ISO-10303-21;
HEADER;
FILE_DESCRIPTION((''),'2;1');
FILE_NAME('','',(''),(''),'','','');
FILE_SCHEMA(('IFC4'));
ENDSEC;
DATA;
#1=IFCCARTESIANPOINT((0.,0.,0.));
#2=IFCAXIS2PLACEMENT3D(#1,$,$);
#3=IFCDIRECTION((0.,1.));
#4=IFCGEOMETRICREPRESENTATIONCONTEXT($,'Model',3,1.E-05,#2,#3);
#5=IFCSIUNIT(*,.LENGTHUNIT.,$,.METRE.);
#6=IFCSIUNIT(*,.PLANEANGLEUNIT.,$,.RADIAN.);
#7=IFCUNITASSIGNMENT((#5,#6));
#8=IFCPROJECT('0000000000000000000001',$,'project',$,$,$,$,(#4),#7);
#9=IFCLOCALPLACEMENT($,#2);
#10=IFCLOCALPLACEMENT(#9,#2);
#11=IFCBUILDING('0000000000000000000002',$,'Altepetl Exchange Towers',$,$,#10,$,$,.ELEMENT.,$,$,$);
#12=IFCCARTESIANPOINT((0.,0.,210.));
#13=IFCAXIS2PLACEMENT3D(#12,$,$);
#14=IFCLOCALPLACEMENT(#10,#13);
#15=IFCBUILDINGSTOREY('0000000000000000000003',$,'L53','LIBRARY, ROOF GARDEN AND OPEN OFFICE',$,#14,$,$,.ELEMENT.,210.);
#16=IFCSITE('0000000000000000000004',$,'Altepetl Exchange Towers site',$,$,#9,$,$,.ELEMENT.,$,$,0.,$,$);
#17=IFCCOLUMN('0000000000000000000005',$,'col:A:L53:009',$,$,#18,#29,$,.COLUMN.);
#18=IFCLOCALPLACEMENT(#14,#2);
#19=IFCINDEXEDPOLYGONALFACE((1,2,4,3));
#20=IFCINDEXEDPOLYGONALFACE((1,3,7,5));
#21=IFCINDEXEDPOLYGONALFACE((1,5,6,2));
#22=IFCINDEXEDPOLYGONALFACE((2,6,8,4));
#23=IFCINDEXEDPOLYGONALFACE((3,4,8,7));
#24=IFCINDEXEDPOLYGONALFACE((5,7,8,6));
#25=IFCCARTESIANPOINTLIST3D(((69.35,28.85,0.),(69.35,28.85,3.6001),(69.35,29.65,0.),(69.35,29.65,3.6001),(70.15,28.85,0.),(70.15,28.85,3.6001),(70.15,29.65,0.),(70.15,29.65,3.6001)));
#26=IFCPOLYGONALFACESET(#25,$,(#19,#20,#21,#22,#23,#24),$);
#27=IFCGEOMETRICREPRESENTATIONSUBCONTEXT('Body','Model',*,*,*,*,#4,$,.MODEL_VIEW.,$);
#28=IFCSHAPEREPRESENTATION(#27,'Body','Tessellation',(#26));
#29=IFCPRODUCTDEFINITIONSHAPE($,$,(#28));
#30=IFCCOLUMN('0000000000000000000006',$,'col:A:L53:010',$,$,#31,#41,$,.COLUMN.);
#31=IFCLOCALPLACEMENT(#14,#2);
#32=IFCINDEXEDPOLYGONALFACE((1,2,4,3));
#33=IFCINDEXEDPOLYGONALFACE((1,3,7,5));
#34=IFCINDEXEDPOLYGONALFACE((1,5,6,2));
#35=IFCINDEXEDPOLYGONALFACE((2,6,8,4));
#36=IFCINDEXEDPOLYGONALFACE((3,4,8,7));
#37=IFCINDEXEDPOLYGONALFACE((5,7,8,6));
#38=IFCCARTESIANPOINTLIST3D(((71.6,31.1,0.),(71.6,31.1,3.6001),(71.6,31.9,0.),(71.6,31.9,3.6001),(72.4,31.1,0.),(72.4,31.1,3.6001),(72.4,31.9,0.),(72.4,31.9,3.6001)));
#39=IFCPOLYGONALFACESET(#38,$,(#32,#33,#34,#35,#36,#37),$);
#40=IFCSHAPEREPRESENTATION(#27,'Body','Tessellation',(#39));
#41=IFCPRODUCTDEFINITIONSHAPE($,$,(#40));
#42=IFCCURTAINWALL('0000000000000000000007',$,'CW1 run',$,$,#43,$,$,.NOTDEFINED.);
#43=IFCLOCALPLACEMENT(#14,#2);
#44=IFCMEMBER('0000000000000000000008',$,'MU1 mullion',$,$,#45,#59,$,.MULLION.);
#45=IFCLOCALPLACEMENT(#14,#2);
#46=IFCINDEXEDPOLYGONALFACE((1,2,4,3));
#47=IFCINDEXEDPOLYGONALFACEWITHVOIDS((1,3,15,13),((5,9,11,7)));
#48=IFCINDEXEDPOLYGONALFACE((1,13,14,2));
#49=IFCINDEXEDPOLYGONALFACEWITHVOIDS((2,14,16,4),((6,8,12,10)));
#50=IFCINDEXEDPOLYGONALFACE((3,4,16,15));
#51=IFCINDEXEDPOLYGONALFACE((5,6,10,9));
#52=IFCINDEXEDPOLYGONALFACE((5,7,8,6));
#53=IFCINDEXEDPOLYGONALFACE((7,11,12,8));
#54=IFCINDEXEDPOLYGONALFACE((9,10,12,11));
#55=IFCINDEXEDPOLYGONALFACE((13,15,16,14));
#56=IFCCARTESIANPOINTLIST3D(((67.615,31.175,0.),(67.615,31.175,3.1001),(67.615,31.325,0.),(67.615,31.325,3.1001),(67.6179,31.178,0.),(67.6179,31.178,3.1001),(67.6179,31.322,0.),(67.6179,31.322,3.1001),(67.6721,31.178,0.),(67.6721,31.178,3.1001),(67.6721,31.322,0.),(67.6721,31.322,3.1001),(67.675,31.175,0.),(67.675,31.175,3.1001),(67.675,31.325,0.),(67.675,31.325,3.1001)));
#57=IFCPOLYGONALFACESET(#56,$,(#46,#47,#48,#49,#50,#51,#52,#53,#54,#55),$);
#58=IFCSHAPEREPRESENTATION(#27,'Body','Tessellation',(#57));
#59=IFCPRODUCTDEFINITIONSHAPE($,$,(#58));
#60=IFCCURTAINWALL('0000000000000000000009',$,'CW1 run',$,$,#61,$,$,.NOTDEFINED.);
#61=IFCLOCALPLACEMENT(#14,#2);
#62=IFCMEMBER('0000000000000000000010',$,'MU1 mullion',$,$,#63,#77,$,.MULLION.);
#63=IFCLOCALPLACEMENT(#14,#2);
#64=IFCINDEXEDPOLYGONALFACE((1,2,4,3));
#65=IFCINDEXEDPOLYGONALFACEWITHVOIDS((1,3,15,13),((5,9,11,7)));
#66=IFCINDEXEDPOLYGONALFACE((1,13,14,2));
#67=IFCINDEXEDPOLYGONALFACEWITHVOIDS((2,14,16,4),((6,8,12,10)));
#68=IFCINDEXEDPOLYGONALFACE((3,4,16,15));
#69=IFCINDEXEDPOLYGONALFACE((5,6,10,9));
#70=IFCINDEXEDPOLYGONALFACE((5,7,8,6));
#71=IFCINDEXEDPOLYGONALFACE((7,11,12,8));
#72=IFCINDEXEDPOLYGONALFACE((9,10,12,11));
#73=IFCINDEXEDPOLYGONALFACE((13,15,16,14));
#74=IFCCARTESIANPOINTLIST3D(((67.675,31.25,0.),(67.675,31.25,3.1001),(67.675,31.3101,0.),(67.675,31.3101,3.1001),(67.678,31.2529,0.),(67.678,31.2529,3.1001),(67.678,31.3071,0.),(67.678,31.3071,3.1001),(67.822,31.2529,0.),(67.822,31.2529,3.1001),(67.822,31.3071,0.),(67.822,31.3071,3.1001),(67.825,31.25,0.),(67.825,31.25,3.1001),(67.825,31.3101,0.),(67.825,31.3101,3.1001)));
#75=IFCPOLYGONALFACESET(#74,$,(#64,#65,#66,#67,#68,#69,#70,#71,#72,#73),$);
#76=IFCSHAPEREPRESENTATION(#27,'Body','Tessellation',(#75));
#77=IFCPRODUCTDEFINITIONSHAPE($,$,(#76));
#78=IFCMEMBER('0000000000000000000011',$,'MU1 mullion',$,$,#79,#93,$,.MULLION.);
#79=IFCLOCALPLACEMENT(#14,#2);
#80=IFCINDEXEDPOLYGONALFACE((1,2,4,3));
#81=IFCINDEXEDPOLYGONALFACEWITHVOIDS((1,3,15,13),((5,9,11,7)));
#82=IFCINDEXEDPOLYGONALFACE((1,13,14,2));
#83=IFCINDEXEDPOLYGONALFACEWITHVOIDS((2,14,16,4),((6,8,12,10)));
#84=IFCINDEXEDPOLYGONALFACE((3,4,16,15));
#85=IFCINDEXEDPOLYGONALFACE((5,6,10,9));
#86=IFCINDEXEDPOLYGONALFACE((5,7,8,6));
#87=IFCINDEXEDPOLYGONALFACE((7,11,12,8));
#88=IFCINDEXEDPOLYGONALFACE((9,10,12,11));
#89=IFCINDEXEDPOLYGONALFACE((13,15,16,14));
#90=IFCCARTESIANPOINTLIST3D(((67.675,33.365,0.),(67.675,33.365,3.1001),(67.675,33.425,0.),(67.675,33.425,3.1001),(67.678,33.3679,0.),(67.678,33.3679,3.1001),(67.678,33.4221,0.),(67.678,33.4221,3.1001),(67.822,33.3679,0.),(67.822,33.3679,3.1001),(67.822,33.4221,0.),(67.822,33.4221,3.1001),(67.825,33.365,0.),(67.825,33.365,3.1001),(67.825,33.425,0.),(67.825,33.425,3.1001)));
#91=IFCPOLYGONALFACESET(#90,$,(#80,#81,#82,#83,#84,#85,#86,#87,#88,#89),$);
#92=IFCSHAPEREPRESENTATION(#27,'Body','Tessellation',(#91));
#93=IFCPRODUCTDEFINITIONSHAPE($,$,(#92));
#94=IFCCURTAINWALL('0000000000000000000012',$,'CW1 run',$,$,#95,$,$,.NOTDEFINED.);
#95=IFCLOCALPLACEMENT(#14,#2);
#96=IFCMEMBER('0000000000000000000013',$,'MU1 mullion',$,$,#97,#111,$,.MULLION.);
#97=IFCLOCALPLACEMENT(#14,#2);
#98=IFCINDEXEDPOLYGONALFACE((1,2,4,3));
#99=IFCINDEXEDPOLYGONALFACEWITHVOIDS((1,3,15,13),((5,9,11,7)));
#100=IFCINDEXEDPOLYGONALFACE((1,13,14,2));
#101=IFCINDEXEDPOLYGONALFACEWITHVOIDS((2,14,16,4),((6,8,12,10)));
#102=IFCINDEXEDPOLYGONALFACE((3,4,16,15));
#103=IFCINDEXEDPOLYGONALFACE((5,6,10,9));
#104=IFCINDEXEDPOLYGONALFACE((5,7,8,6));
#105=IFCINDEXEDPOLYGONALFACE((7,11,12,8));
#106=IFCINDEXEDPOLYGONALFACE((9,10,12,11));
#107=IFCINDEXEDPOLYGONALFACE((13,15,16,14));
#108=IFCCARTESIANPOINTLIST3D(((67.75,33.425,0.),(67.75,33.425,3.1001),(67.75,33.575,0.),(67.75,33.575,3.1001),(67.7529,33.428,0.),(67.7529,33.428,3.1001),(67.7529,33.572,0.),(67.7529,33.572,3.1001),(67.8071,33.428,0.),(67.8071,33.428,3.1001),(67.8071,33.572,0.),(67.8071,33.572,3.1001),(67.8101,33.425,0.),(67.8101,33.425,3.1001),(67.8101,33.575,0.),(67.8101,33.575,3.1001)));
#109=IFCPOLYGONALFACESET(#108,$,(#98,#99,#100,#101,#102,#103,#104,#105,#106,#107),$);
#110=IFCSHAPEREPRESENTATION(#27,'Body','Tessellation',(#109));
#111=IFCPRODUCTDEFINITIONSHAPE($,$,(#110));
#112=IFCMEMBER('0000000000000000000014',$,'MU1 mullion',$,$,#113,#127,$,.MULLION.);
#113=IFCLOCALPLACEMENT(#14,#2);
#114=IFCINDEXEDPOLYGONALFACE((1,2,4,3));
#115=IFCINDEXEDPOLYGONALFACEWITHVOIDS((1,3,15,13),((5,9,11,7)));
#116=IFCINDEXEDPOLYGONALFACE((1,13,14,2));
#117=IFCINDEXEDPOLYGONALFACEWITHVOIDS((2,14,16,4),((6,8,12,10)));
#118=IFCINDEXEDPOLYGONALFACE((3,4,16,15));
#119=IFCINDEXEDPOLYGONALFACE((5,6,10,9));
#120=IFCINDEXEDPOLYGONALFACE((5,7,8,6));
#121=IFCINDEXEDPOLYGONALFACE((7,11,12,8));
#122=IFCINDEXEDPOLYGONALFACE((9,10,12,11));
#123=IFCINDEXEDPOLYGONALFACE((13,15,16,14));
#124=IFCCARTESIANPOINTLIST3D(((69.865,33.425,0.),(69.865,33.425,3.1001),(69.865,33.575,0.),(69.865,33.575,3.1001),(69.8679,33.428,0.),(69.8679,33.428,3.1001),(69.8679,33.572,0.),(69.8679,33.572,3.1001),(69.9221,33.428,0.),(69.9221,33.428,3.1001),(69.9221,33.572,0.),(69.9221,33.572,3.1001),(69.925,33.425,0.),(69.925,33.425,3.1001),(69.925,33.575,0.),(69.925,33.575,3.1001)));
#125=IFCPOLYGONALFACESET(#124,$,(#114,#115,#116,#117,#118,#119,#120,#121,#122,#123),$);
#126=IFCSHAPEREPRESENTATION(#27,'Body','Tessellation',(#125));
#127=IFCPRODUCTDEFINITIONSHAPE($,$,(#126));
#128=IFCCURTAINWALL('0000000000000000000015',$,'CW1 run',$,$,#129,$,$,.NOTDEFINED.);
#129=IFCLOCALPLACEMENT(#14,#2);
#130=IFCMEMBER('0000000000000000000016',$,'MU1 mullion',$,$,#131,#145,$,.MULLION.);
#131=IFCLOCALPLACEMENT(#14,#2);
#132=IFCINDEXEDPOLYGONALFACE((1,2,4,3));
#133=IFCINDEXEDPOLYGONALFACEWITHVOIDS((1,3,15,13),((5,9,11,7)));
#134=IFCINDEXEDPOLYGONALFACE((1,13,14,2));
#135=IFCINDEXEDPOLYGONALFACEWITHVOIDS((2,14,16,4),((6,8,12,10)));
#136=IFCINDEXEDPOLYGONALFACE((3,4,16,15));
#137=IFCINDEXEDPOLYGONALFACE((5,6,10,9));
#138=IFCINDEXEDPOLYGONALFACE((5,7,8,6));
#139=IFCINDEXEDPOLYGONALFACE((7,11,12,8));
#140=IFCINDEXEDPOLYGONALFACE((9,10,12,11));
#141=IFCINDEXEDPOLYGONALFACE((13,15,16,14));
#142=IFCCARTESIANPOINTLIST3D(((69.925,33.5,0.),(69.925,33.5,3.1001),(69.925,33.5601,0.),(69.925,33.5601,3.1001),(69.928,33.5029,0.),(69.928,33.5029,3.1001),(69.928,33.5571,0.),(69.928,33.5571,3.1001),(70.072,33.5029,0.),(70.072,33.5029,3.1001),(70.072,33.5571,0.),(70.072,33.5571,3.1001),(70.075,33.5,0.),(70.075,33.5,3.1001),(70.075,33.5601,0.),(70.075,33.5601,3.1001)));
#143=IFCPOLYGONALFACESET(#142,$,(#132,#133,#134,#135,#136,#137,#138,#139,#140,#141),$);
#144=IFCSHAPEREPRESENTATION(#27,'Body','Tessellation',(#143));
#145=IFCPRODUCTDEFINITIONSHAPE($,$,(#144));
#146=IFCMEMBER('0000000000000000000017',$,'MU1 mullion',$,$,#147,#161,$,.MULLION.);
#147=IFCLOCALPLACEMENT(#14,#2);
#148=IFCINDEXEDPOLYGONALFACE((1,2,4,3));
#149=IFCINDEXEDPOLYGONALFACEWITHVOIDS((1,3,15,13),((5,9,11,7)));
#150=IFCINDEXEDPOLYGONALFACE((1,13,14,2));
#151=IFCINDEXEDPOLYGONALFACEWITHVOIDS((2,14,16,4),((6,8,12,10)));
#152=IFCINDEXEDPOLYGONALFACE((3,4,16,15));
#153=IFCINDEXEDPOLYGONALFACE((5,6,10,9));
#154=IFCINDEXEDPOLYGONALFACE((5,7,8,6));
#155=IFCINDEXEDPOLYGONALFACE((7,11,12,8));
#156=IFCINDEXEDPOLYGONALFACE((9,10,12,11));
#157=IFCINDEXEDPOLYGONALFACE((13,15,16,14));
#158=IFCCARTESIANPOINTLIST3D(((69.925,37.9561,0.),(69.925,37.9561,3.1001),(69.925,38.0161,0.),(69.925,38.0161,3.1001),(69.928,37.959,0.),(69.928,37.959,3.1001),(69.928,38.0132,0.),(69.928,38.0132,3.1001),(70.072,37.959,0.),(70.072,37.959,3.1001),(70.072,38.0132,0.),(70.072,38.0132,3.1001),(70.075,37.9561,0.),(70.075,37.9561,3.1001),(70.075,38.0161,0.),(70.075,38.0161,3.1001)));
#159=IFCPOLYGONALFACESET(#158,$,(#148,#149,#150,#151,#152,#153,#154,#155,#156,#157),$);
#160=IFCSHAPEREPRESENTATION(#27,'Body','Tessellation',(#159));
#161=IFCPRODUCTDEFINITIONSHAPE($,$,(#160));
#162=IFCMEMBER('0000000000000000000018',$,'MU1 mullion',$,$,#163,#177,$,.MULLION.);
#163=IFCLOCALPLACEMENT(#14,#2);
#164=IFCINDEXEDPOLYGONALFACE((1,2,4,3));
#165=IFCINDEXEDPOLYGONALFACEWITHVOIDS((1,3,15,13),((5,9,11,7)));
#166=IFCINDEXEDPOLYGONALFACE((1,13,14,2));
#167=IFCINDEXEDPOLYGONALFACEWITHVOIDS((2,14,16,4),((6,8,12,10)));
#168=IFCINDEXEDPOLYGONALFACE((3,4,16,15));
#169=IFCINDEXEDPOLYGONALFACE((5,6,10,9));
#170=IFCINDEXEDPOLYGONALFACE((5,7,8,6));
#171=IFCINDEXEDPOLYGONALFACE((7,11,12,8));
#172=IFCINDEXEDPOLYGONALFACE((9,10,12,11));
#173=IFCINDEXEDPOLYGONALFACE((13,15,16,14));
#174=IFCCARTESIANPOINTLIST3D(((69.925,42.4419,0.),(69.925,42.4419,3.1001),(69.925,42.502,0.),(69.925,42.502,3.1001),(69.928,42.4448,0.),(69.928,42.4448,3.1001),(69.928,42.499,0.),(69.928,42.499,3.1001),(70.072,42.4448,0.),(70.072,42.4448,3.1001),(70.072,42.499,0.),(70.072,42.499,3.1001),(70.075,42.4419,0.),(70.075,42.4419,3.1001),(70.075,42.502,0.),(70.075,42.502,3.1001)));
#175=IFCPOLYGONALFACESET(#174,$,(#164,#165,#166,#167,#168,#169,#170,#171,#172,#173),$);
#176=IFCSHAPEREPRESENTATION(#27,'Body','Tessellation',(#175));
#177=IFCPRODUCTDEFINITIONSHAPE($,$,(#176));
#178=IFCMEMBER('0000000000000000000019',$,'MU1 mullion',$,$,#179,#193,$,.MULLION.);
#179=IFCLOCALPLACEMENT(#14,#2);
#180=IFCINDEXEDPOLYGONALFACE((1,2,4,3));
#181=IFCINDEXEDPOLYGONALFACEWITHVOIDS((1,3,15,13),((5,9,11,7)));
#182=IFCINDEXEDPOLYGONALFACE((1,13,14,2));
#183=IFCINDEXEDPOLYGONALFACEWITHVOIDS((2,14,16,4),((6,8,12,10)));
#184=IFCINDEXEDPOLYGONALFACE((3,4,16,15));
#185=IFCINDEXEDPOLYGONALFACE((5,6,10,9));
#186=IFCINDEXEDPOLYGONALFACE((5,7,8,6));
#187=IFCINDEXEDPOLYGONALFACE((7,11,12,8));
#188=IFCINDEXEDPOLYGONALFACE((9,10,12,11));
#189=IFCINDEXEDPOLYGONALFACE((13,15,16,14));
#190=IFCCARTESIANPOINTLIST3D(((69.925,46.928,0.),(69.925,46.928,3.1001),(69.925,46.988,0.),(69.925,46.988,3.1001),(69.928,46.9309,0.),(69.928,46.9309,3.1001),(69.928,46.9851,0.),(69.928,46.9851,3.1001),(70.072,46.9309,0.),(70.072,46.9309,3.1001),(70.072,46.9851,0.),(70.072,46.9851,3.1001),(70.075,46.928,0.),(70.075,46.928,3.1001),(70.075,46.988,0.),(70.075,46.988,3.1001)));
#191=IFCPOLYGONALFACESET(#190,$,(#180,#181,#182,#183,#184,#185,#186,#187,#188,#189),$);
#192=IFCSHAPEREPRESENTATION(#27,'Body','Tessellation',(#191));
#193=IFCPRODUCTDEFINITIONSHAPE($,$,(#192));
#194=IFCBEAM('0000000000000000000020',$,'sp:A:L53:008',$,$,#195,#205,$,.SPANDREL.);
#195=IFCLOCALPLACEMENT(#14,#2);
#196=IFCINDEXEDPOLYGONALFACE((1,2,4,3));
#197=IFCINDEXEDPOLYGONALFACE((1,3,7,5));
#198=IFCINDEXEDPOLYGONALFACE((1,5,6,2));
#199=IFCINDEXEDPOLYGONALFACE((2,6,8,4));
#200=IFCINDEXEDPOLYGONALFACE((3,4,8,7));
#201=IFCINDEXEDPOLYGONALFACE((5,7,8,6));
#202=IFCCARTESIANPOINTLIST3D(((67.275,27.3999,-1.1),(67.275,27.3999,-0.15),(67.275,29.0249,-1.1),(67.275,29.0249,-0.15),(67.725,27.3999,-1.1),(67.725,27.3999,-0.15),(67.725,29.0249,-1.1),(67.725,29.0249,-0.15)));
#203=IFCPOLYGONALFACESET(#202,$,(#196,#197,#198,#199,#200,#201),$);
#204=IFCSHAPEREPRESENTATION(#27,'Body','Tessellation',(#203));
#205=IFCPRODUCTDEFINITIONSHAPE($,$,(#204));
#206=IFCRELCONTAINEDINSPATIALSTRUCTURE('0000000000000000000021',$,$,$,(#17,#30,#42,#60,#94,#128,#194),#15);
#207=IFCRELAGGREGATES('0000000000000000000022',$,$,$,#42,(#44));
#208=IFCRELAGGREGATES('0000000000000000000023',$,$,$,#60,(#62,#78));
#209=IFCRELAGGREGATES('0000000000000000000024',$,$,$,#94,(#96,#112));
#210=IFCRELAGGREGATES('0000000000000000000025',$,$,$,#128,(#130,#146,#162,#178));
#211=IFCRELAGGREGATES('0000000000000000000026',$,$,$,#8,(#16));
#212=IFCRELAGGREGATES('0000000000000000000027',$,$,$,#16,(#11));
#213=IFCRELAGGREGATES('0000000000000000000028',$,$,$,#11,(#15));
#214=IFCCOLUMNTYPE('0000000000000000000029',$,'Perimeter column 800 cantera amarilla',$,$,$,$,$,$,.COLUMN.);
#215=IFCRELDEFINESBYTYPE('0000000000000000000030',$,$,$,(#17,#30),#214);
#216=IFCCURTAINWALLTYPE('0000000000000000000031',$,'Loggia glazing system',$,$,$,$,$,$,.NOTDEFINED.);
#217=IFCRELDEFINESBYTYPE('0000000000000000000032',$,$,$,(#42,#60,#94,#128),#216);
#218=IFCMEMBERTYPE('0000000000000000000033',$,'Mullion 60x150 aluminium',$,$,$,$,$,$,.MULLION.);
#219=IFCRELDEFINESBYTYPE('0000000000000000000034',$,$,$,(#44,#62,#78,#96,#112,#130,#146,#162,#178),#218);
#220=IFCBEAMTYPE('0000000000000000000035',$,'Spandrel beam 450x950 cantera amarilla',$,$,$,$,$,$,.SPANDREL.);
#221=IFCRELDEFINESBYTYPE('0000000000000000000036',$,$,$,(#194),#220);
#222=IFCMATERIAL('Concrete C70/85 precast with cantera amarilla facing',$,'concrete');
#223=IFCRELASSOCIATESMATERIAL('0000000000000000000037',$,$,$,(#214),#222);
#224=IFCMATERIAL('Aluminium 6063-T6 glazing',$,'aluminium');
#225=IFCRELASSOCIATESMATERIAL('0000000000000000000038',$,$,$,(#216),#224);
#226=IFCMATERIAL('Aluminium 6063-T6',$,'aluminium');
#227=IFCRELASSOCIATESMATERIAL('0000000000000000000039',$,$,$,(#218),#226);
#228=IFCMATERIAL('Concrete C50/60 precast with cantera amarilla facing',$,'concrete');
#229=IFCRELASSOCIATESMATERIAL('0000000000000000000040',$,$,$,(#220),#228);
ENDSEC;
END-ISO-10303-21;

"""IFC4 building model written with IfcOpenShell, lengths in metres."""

from ifc_helpers import new_model, si_unit, direction, frame, origin, origin_2d, place, context, subcontext, project, spatial, rectangle, hollow_rectangle, extrude, material, material_profile, profile_set, type_object, element, aggregate, save


model = new_model("IFC4")

# Units and contexts
model_context = context("Model", 3, precision=1e-05, world=origin(), true_north=direction((0.0, 1.0)))
body_context = subcontext(model_context, "Body", "Model", "MODEL_VIEW")
ifc_project = project(units=[si_unit("LENGTHUNIT", "METRE"), si_unit("PLANEANGLEUNIT", "RADIAN")], contexts=[model_context])

# Site, building, storey
site_placement = place(None, origin())
site = spatial("IfcSite", under=ifc_project, at=site_placement, Name="Altepetl Exchange Towers site", CompositionType="ELEMENT", RefElevation=0.0)
building_placement = place(site_placement, origin())
building = spatial("IfcBuilding", under=site, at=building_placement, Name="Altepetl Exchange Towers", CompositionType="ELEMENT")
storey_placement = place(building_placement, frame((0.0, 0.0, 210.0)))
storey = spatial("IfcBuildingStorey", under=building, at=storey_placement, Name="L53", Description="LIBRARY, ROOF GARDEN AND OPEN OFFICE", CompositionType="ELEMENT", Elevation=210.0)

# Columns
ifc_material_1 = material(Name="Concrete C70/85 precast with cantera amarilla facing", Category="concrete")
ifc_material_profile_1 = material_profile(ifc_material_1, rectangle(XDim=0.8, YDim=0.8, at=origin_2d()), Name="800 x 800")
ifc_profile_set_1 = profile_set([ifc_material_profile_1], Name="Concrete C70/85 precast with cantera amarilla facing")
column_type = type_object("IfcColumnType", Name="Perimeter column 800 cantera amarilla", PredefinedType="COLUMN", material=ifc_profile_set_1)
for number, where, name in (
    (1, (69.75, 29.25, 0.0), "col:A:L53:009"),
    (2, (72.0, 31.5, 0.0), "col:A:L53:010"),
):
    element("IfcColumn", number, at=place(storey_placement, frame(where)), inside=storey, type_object=column_type, Name=name, PredefinedType="COLUMN", context=body_context, shape_type="SweptSolid", body=[
        extrude(rectangle(XDim=0.8, YDim=0.8, at=origin_2d()), origin(), (0.0, 0.0, 1.0), 3.6001),
    ])

# Curtain wall, member
ifc_material_2 = material(Name="Aluminium 6063-T6 glazing", Category="aluminium")
curtain_wall_type = type_object("IfcCurtainWallType", Name="Loggia glazing system", PredefinedType="NOTDEFINED", material=ifc_material_2)
curtain_wall_1_placement = place(storey_placement, origin())
curtain_wall_1 = element("IfcCurtainWall", 3, at=curtain_wall_1_placement, inside=storey, type_object=curtain_wall_type, Name="CW1 run", PredefinedType="NOTDEFINED")
ifc_material_3 = material(Name="Aluminium 6063-T6", Category="aluminium")
ifc_material_profile_2 = material_profile(ifc_material_3, hollow_rectangle(XDim=0.0601, YDim=0.1499, WallThickness=0.0029, at=origin_2d()), Name="Mullion 60x150 aluminium")
ifc_profile_set_2 = profile_set([ifc_material_profile_2], Name="Aluminium 6063-T6")
member_type = type_object("IfcMemberType", Name="Mullion 60x150 aluminium", PredefinedType="MULLION", material=ifc_profile_set_2)
member_1_placement = place(storey_placement, frame((67.645, 31.25, 0.0)))
member_1 = element("IfcMember", 4, at=member_1_placement, type_object=member_type, Name="MU1 mullion", PredefinedType="MULLION", context=body_context, shape_type="SweptSolid", body=[
    extrude(hollow_rectangle(XDim=0.0601, YDim=0.1499, WallThickness=0.0029, at=origin_2d()), origin(), (0.0, 0.0, 1.0), 3.1001),
])
aggregate(curtain_wall_1, [member_1])

# Curtain walls, members
curtain_wall_2_placement = place(storey_placement, origin())
curtain_wall_2 = element("IfcCurtainWall", 5, at=curtain_wall_2_placement, inside=storey, type_object=curtain_wall_type, Name="CW1 run", PredefinedType="NOTDEFINED")
member_2_placement = place(storey_placement, frame((67.75, 31.28, 0.0), z_axis=(0.0, 0.0, 1.0), x_axis=(0.0, 1.0, 0.0)))
member_2 = element("IfcMember", 6, at=member_2_placement, type_object=member_type, Name="MU1 mullion", PredefinedType="MULLION", context=body_context, shape_type="SweptSolid", body=[
    extrude(hollow_rectangle(XDim=0.0601, YDim=0.1499, WallThickness=0.0029, at=origin_2d()), origin(), (0.0, 0.0, 1.0), 3.1001),
])
member_3_placement = place(storey_placement, frame((67.75, 33.395, 0.0), z_axis=(0.0, 0.0, 1.0), x_axis=(0.0, 1.0, 0.0)))
member_3 = element("IfcMember", 7, at=member_3_placement, type_object=member_type, Name="MU1 mullion", PredefinedType="MULLION", context=body_context, shape_type="SweptSolid", body=[
    extrude(hollow_rectangle(XDim=0.0601, YDim=0.1499, WallThickness=0.0029, at=origin_2d()), origin(), (0.0, 0.0, 1.0), 3.1001),
])
curtain_wall_3_placement = place(storey_placement, origin())
curtain_wall_3 = element("IfcCurtainWall", 8, at=curtain_wall_3_placement, inside=storey, type_object=curtain_wall_type, Name="CW1 run", PredefinedType="NOTDEFINED")
member_4_placement = place(storey_placement, frame((67.78, 33.5, 0.0)))
member_4 = element("IfcMember", 9, at=member_4_placement, type_object=member_type, Name="MU1 mullion", PredefinedType="MULLION", context=body_context, shape_type="SweptSolid", body=[
    extrude(hollow_rectangle(XDim=0.0601, YDim=0.1499, WallThickness=0.0029, at=origin_2d()), origin(), (0.0, 0.0, 1.0), 3.1001),
])
member_5_placement = place(storey_placement, frame((69.895, 33.5, 0.0)))
member_5 = element("IfcMember", 10, at=member_5_placement, type_object=member_type, Name="MU1 mullion", PredefinedType="MULLION", context=body_context, shape_type="SweptSolid", body=[
    extrude(hollow_rectangle(XDim=0.0601, YDim=0.1499, WallThickness=0.0029, at=origin_2d()), origin(), (0.0, 0.0, 1.0), 3.1001),
])
curtain_wall_4_placement = place(storey_placement, origin())
curtain_wall_4 = element("IfcCurtainWall", 11, at=curtain_wall_4_placement, inside=storey, type_object=curtain_wall_type, Name="CW1 run", PredefinedType="NOTDEFINED")
member_6_placement = place(storey_placement, frame((70.0, 33.53, 0.0), z_axis=(0.0, 0.0, 1.0), x_axis=(0.0, 1.0, 0.0)))
member_6 = element("IfcMember", 12, at=member_6_placement, type_object=member_type, Name="MU1 mullion", PredefinedType="MULLION", context=body_context, shape_type="SweptSolid", body=[
    extrude(hollow_rectangle(XDim=0.0601, YDim=0.1499, WallThickness=0.0029, at=origin_2d()), origin(), (0.0, 0.0, 1.0), 3.1001),
])
member_7_placement = place(storey_placement, frame((70.0, 37.9861, 0.0), z_axis=(0.0, 0.0, 1.0), x_axis=(0.0, 1.0, 0.0)))
member_7 = element("IfcMember", 13, at=member_7_placement, type_object=member_type, Name="MU1 mullion", PredefinedType="MULLION", context=body_context, shape_type="SweptSolid", body=[
    extrude(hollow_rectangle(XDim=0.0601, YDim=0.1499, WallThickness=0.0029, at=origin_2d()), origin(), (0.0, 0.0, 1.0), 3.1001),
])
member_8_placement = place(storey_placement, frame((70.0, 42.4719, 0.0), z_axis=(0.0, 0.0, 1.0), x_axis=(0.0, 1.0, 0.0)))
member_8 = element("IfcMember", 14, at=member_8_placement, type_object=member_type, Name="MU1 mullion", PredefinedType="MULLION", context=body_context, shape_type="SweptSolid", body=[
    extrude(hollow_rectangle(XDim=0.0601, YDim=0.1499, WallThickness=0.0029, at=origin_2d()), origin(), (0.0, 0.0, 1.0), 3.1001),
])
member_9_placement = place(storey_placement, frame((70.0, 46.958, 0.0), z_axis=(0.0, 0.0, 1.0), x_axis=(0.0, 1.0, 0.0)))
member_9 = element("IfcMember", 15, at=member_9_placement, type_object=member_type, Name="MU1 mullion", PredefinedType="MULLION", context=body_context, shape_type="SweptSolid", body=[
    extrude(hollow_rectangle(XDim=0.0601, YDim=0.1499, WallThickness=0.0029, at=origin_2d()), origin(), (0.0, 0.0, 1.0), 3.1001),
])

# Beam
ifc_material_4 = material(Name="Concrete C50/60 precast with cantera amarilla facing", Category="concrete")
ifc_material_profile_3 = material_profile(ifc_material_4, rectangle(XDim=0.45, YDim=0.95, at=origin_2d()), Name="450 x 950")
ifc_profile_set_3 = profile_set([ifc_material_profile_3], Name="Concrete C50/60 precast with cantera amarilla facing")
beam_type = type_object("IfcBeamType", Name="Spandrel beam 450x950 cantera amarilla", PredefinedType="SPANDREL", material=ifc_profile_set_3)
for number, where, z_axis, x_axis, name in (
    (16, (67.5, 27.3999, -0.625), (0.0, 1.0, 0.0), (-1.0, 0.0, 0.0), "sp:A:L53:008"),
):
    element("IfcBeam", number, at=place(storey_placement, frame(where, z_axis=z_axis, x_axis=x_axis)), inside=storey, type_object=beam_type, Name=name, PredefinedType="SPANDREL", context=body_context, shape_type="SweptSolid", body=[
        extrude(rectangle(XDim=0.45, YDim=0.95, at=origin_2d()), origin(), (0.0, 0.0, 1.0), 1.625),
    ])

aggregate(curtain_wall_2, [member_2, member_3])
aggregate(curtain_wall_3, [member_4, member_5])
aggregate(curtain_wall_4, [member_6, member_7, member_8, member_9])

save(model, "model.ifc")
